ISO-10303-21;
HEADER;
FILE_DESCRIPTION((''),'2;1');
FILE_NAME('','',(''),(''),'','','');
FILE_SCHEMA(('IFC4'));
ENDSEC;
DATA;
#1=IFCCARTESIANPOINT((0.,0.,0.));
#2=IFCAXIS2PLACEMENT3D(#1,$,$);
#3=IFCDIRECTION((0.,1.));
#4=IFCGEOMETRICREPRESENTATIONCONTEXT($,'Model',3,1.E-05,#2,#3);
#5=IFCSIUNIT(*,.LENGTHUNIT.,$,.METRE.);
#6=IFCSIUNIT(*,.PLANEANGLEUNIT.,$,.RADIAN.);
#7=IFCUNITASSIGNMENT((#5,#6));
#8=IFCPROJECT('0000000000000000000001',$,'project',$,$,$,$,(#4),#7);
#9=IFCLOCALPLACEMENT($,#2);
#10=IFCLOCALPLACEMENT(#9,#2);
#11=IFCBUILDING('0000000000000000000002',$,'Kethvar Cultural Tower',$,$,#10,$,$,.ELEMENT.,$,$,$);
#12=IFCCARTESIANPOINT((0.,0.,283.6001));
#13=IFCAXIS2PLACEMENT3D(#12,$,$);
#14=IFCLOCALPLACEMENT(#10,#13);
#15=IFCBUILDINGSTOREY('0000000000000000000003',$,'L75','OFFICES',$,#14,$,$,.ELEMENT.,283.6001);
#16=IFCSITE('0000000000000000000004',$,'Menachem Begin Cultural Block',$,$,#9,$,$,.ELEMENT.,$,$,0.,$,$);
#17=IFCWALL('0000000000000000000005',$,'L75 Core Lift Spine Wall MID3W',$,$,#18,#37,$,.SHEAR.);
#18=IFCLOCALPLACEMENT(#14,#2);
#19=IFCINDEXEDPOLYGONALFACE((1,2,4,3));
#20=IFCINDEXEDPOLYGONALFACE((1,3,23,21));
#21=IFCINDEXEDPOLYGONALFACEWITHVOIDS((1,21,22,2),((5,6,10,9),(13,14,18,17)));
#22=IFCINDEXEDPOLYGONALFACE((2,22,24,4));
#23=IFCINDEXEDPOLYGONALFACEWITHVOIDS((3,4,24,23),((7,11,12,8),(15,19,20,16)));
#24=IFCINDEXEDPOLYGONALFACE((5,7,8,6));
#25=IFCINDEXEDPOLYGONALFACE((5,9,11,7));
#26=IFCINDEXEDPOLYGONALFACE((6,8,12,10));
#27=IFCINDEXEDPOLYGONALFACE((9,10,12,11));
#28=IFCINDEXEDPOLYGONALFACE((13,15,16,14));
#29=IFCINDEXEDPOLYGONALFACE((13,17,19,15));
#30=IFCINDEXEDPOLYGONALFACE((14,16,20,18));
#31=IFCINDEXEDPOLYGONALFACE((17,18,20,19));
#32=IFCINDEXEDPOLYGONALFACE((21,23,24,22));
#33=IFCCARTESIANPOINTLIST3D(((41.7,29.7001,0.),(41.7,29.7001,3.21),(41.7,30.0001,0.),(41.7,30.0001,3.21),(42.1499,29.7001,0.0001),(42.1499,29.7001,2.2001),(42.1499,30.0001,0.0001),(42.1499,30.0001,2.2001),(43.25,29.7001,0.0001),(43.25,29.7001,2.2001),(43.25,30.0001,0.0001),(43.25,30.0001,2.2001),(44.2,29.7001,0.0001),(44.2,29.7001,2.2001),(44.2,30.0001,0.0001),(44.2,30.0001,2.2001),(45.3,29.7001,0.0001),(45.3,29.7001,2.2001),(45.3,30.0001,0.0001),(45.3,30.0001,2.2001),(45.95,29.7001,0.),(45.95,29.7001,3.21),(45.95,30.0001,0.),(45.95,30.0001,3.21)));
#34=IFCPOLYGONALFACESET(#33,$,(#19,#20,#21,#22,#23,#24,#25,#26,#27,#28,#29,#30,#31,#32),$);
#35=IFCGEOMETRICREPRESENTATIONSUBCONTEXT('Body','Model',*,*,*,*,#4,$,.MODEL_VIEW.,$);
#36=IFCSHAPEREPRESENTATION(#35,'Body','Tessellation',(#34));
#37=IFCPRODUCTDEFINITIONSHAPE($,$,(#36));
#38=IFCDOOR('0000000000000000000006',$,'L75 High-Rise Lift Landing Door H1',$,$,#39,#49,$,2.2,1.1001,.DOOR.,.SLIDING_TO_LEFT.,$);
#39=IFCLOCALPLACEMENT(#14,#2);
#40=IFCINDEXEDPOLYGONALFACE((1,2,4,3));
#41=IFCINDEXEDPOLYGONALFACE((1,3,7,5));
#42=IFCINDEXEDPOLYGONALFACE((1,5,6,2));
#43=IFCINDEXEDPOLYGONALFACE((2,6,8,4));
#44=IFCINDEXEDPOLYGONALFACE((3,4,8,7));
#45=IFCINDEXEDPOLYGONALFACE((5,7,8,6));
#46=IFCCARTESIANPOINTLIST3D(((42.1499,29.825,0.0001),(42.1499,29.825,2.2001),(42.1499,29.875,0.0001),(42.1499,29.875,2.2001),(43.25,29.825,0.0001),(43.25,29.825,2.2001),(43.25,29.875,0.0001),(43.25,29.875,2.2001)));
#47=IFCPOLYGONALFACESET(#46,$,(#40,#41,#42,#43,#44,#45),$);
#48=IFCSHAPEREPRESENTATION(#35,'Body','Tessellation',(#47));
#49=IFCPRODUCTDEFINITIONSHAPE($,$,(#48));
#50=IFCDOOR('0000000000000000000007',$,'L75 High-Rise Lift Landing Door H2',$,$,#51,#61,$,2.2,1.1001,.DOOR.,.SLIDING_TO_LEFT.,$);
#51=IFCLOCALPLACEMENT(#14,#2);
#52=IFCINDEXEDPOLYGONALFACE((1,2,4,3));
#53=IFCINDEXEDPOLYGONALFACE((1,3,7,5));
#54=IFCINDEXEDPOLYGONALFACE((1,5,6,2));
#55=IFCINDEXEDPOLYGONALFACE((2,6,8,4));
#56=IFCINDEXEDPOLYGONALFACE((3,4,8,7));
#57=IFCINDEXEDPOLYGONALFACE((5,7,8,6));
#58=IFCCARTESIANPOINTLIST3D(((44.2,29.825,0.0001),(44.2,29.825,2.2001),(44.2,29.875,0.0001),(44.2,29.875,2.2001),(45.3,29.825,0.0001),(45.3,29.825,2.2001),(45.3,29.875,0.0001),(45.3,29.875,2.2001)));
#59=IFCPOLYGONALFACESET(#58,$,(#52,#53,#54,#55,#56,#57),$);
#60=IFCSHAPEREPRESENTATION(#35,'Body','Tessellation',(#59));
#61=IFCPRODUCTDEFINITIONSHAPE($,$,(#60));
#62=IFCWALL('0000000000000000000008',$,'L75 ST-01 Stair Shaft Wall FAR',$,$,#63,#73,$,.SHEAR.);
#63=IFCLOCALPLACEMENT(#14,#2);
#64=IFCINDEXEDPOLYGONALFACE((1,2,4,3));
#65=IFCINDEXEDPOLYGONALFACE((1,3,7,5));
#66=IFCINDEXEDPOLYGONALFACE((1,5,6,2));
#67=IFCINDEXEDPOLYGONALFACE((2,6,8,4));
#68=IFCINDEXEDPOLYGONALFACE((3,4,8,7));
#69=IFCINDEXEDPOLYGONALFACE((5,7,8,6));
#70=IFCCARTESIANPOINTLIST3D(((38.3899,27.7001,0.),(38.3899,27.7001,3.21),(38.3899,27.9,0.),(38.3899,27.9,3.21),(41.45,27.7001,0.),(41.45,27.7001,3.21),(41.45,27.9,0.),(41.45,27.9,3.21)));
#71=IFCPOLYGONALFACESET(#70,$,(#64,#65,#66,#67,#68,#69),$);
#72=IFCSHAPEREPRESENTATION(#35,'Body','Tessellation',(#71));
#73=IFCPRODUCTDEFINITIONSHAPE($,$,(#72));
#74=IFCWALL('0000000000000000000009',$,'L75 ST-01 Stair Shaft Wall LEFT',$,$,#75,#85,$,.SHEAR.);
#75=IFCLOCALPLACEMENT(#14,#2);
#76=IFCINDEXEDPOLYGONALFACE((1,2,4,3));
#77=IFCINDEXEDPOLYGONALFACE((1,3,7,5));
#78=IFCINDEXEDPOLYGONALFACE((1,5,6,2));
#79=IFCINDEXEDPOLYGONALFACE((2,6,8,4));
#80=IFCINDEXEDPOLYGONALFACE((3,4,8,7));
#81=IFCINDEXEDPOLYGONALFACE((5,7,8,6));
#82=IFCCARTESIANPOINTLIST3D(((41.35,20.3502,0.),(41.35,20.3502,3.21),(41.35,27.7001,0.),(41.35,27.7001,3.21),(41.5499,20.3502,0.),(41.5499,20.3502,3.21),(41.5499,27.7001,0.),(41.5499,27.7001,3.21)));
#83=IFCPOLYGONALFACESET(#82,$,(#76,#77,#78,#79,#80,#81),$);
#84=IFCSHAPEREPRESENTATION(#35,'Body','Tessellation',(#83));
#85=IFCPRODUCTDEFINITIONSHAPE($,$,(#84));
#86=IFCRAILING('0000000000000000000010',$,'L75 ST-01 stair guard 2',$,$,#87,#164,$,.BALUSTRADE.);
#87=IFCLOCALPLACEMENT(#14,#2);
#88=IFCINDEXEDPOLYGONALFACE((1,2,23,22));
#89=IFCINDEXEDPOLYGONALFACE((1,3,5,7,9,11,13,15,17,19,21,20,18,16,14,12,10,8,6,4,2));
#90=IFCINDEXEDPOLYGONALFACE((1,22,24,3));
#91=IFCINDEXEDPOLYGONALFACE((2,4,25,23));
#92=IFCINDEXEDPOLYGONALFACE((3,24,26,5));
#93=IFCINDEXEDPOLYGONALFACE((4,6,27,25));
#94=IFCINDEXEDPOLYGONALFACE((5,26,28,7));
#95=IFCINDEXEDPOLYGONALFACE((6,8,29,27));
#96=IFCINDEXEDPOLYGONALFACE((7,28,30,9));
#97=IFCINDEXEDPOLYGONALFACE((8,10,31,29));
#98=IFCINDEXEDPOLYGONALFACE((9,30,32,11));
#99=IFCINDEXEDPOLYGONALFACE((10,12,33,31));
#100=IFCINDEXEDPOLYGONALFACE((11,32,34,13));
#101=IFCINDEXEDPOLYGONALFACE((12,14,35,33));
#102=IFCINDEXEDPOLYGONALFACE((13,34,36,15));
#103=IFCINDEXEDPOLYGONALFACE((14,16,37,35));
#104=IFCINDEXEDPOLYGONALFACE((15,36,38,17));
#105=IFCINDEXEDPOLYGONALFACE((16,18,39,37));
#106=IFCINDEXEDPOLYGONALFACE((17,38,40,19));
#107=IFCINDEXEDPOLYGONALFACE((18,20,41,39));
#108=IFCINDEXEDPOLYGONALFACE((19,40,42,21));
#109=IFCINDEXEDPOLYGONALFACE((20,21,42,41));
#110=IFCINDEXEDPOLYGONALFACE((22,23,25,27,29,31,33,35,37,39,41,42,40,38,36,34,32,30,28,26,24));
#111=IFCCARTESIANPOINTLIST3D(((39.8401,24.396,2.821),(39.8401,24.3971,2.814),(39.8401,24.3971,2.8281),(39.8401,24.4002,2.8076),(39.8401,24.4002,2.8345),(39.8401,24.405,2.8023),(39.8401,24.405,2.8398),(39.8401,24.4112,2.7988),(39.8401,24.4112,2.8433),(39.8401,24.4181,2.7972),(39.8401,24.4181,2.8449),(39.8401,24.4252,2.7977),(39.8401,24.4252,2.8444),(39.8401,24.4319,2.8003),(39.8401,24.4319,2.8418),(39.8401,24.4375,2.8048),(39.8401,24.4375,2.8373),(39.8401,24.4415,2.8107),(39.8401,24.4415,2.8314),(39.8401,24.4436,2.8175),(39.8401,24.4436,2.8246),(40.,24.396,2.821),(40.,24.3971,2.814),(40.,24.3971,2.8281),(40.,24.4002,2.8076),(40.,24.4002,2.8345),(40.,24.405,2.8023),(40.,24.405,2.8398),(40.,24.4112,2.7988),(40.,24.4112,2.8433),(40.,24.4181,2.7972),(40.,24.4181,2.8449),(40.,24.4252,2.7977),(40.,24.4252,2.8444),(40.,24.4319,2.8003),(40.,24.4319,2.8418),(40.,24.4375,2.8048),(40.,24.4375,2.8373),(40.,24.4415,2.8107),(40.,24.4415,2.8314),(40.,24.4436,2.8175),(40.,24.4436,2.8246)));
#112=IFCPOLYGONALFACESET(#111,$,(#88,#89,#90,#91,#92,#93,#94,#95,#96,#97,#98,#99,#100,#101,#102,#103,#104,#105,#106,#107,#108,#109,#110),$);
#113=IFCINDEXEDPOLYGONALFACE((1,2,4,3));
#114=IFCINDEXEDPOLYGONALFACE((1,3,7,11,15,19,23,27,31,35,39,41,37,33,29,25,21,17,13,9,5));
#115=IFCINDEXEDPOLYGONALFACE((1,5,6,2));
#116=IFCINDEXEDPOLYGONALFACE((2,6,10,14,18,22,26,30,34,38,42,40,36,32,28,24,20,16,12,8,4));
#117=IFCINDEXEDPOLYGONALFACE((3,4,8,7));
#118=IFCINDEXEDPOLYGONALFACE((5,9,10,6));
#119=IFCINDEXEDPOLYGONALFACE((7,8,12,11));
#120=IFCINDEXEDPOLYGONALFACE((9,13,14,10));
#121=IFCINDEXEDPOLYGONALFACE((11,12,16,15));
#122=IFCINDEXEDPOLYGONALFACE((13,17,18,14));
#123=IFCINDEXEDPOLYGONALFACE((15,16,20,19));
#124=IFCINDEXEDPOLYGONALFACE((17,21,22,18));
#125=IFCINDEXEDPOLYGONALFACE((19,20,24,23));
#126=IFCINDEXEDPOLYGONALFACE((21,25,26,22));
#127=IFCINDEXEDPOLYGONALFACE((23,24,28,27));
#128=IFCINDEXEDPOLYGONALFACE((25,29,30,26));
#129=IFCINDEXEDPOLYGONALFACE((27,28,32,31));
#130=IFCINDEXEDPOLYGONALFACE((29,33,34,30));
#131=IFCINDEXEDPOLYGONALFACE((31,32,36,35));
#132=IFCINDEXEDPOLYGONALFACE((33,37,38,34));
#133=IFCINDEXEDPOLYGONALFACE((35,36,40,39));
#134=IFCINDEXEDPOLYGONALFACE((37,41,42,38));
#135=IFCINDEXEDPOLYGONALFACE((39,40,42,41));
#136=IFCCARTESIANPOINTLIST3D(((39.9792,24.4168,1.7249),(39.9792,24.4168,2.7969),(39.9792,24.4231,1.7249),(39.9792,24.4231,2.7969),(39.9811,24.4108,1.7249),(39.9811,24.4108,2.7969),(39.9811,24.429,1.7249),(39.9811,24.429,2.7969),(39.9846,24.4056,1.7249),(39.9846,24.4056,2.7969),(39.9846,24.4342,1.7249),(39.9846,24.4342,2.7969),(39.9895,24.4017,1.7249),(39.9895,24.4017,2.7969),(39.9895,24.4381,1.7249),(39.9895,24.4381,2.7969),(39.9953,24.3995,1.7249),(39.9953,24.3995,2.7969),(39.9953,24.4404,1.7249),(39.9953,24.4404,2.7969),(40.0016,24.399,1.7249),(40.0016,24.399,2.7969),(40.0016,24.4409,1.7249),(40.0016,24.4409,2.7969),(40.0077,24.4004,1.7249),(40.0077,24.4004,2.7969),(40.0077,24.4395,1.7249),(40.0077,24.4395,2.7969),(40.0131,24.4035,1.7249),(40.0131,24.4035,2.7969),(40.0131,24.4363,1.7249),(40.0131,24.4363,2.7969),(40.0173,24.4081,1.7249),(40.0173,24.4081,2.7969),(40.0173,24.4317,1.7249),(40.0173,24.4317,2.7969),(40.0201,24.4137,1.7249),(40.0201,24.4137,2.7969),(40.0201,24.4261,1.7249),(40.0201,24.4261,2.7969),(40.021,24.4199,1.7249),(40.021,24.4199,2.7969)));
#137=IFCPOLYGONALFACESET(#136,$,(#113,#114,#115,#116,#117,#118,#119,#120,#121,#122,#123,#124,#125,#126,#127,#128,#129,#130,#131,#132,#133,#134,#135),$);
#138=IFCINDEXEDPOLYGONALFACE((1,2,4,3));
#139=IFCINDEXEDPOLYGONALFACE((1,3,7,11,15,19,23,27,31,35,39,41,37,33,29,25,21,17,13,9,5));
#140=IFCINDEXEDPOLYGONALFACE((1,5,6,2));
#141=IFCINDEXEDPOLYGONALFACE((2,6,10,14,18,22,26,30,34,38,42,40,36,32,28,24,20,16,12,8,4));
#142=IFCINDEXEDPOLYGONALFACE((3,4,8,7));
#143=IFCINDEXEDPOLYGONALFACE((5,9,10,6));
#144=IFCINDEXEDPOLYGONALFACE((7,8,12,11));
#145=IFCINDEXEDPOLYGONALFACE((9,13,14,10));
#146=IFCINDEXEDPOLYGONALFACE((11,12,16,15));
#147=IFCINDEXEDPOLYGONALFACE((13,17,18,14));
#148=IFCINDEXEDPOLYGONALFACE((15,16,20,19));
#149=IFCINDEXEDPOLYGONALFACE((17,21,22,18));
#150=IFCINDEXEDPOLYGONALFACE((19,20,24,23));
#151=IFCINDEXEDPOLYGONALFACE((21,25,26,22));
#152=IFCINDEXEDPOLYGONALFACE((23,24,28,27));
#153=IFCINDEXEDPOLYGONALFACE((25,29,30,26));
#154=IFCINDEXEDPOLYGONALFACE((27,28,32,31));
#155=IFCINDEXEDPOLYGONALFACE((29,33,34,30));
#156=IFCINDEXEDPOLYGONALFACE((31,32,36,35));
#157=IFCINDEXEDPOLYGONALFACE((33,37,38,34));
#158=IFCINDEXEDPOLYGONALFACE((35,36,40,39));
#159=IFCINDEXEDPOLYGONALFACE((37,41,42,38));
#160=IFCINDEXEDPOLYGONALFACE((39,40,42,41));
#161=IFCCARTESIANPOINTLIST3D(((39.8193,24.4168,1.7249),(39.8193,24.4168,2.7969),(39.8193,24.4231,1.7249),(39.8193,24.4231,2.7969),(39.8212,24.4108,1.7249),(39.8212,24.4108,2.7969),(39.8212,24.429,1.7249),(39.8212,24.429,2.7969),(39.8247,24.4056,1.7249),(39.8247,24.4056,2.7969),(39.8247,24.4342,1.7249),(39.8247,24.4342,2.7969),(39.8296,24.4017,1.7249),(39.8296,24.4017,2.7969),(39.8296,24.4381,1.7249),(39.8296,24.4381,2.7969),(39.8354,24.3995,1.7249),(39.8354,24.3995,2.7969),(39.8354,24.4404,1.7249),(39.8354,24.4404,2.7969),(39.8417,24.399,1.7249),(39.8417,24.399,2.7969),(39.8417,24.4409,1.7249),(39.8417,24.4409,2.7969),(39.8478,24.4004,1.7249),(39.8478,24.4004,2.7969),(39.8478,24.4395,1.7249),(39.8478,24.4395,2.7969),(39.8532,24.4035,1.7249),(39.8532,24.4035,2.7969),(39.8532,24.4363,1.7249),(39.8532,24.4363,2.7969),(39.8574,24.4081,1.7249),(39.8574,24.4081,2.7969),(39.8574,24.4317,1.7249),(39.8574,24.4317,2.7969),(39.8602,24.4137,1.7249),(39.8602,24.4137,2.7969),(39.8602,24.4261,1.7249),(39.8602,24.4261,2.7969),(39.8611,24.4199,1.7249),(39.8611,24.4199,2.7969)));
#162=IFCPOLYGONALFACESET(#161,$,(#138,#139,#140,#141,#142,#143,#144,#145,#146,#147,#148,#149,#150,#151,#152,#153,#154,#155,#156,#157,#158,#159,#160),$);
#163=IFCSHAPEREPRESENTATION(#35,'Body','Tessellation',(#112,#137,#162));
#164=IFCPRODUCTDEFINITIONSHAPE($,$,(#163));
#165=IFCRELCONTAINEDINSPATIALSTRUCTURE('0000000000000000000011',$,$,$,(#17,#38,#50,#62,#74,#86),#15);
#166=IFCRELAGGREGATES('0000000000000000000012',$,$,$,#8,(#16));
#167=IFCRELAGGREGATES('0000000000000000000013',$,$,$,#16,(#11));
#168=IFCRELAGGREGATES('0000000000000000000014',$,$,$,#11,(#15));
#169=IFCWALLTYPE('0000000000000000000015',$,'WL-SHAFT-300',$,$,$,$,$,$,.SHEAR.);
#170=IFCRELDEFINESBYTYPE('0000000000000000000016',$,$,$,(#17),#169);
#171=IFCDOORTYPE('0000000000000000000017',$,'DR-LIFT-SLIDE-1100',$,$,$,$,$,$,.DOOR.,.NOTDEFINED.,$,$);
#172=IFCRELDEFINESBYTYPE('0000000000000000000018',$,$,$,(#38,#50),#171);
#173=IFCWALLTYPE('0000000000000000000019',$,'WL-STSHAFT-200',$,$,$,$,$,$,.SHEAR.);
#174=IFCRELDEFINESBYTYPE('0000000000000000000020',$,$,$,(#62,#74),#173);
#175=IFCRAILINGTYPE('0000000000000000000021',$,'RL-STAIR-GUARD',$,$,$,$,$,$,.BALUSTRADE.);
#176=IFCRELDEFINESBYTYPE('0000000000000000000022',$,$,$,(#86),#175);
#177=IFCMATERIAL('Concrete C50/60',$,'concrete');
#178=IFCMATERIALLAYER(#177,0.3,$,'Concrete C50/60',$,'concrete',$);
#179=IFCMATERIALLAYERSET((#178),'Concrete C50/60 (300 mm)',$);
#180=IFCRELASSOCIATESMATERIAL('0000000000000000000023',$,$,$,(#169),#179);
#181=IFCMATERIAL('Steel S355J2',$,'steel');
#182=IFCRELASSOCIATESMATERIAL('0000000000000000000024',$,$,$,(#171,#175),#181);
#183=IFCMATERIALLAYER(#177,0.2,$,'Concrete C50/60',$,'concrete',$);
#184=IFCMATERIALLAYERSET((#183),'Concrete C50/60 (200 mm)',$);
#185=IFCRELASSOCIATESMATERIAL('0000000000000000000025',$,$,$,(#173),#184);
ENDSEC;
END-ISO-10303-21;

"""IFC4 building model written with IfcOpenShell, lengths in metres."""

from ifc_helpers import new_model, si_unit, direction, frame, frame_2d, origin, origin_2d, place, context, subcontext, project, spatial, rectangle, circle, extrude, source, transform, mapped, material, layer, layer_set, type_object, element, fill, save


model = new_model("IFC4")

# Units and contexts
model_context = context("Model", 3, precision=1e-05, world=origin(), true_north=direction((0.0, 1.0)))
body_context = subcontext(model_context, "Body", "Model", "MODEL_VIEW")
ifc_project = project(units=[si_unit("LENGTHUNIT", "METRE"), si_unit("PLANEANGLEUNIT", "RADIAN")], contexts=[model_context])

# Site, building, storey
site_placement = place(None, origin())
site = spatial("IfcSite", under=ifc_project, at=site_placement, Name="Menachem Begin Cultural Block", CompositionType="ELEMENT", RefElevation=0.0)
building_placement = place(site_placement, origin())
building = spatial("IfcBuilding", under=site, at=building_placement, Name="Kethvar Cultural Tower", CompositionType="ELEMENT")
storey_placement = place(building_placement, frame((0.0, 0.0, 283.6001)))
storey = spatial("IfcBuildingStorey", under=building, at=storey_placement, Name="L75", Description="OFFICES", CompositionType="ELEMENT", Elevation=283.6001)

# Shared definitions
ifc_material_1 = material(Name="Steel S355J2", Category="steel")

# Shared definitions
ifc_material_2 = material(Name="Concrete C50/60", Category="concrete")
ifc_layer_1 = layer(ifc_material_2, 0.3, Name="Concrete C50/60", Category="concrete")
ifc_layer_set_1 = layer_set([ifc_layer_1], Name="Concrete C50/60 (300 mm)")
wall_type_1 = type_object("IfcWallType", Name="WL-SHAFT-300", PredefinedType="SHEAR", material=ifc_layer_set_1)

# Wall, openings, doors
wall_1_placement = place(storey_placement, frame((41.7, 29.8501, 0.0), z_axis=(0.0, 0.0, 1.0), x_axis=(1.0, 0.0, 0.0)))
wall_1 = element("IfcWall", 1, at=wall_1_placement, inside=storey, type_object=wall_type_1, Name="L75 Core Lift Spine Wall MID3W", PredefinedType="SHEAR", context=body_context, shape_type="SweptSolid", body=[
    extrude(rectangle(XDim=4.25, YDim=0.3, at=frame_2d((2.125, 0.0))), origin(), (0.0, 0.0, 1.0), 3.21),
])
opening_1_placement = place(wall_1_placement, frame((0.45, 0.0, 0.0)))
opening_1 = element("IfcOpeningElement", 2, at=opening_1_placement, cuts=wall_1, PredefinedType="OPENING", context=body_context, shape_type="SweptSolid", body=[
    extrude(rectangle(XDim=1.1001, YDim=2.2, at=frame_2d((0.55, 1.1001))), frame((0.0, 0.1599, 0.0), z_axis=(0.0, -1.0, 0.0), x_axis=(1.0, 0.0, 0.0)), (0.0, 0.0, 1.0), 0.3201),
])
opening_2_placement = place(wall_1_placement, frame((2.5, 0.0, 0.0)))
opening_2 = element("IfcOpeningElement", 3, at=opening_2_placement, cuts=wall_1, PredefinedType="OPENING", context=body_context, shape_type="SweptSolid", body=[
    extrude(rectangle(XDim=1.1001, YDim=2.2, at=frame_2d((0.55, 1.1001))), frame((0.0, 0.1599, 0.0), z_axis=(0.0, -1.0, 0.0), x_axis=(1.0, 0.0, 0.0)), (0.0, 0.0, 1.0), 0.3201),
])
door_type_1 = type_object("IfcDoorType", Name="DR-LIFT-SLIDE-1100", OperationType="NOTDEFINED", PredefinedType="DOOR", material=ifc_material_1)
shared_shape_1 = source(origin(), body_context, "Body", "SweptSolid", [
    extrude(rectangle(XDim=1.1001, YDim=2.2, at=frame_2d((0.55, 1.1001))), frame((0.0, 0.0249, 0.0), z_axis=(0.0, -1.0, 0.0), x_axis=(1.0, 0.0, 0.0)), (0.0, 0.0, 1.0), 0.05),
])
door_1_placement = place(opening_1_placement, origin())
door_1 = element("IfcDoor", 4, at=door_1_placement, inside=storey, type_object=door_type_1, Name="L75 High-Rise Lift Landing Door H1", OperationType="SLIDING_TO_LEFT", OverallHeight=2.2, OverallWidth=1.1001, PredefinedType="DOOR", context=body_context, shape_type="MappedRepresentation", body=[
    mapped(shared_shape_1, transform((0.0, 0.0, 0.0), scale=1.0)),
])
fill(opening_1, door_1)
door_2_placement = place(opening_2_placement, origin())
door_2 = element("IfcDoor", 5, at=door_2_placement, inside=storey, type_object=door_type_1, Name="L75 High-Rise Lift Landing Door H2", OperationType="SLIDING_TO_LEFT", OverallHeight=2.2, OverallWidth=1.1001, PredefinedType="DOOR", context=body_context, shape_type="MappedRepresentation", body=[
    mapped(shared_shape_1, transform((0.0, 0.0, 0.0), scale=1.0)),
])
fill(opening_2, door_2)

# Walls
ifc_layer_2 = layer(ifc_material_2, 0.2, Name="Concrete C50/60", Category="concrete")
ifc_layer_set_2 = layer_set([ifc_layer_2], Name="Concrete C50/60 (200 mm)")
wall_type_2 = type_object("IfcWallType", Name="WL-STSHAFT-200", PredefinedType="SHEAR", material=ifc_layer_set_2)
wall_2_placement = place(storey_placement, frame((38.3899, 27.8, 0.0), z_axis=(0.0, 0.0, 1.0), x_axis=(1.0, 0.0, 0.0)))
element("IfcWall", 6, at=wall_2_placement, inside=storey, type_object=wall_type_2, Name="L75 ST-01 Stair Shaft Wall FAR", PredefinedType="SHEAR", context=body_context, shape_type="SweptSolid", body=[
    extrude(rectangle(XDim=3.0601, YDim=0.2, at=frame_2d((1.53, 0.0))), origin(), (0.0, 0.0, 1.0), 3.21),
])
wall_3_placement = place(storey_placement, frame((41.45, 27.7, 0.0), z_axis=(0.0, 0.0, 1.0), x_axis=(0.0, -1.0, 0.0)))
element("IfcWall", 7, at=wall_3_placement, inside=storey, type_object=wall_type_2, Name="L75 ST-01 Stair Shaft Wall LEFT", PredefinedType="SHEAR", context=body_context, shape_type="SweptSolid", body=[
    extrude(rectangle(XDim=7.3499, YDim=0.2, at=frame_2d((3.6748, 0.0))), origin(), (0.0, 0.0, 1.0), 3.21),
])

# Railing
railing_type = type_object("IfcRailingType", Name="RL-STAIR-GUARD", PredefinedType="BALUSTRADE", material=ifc_material_1)
railing_1_placement = place(storey_placement, frame((40.0, 24.4199, 1.7249)))
element("IfcRailing", 8, at=railing_1_placement, inside=storey, type_object=railing_type, Name="L75 ST-01 stair guard 2", PredefinedType="BALUSTRADE", context=body_context, shape_type="SweptSolid", body=[
    extrude(circle(Radius=0.0239, at=origin_2d()), frame((0.0, 0.0, 1.0962), z_axis=(-1.0, 0.0, 0.0), x_axis=(0.0, -1.0, 0.0)), (0.0, 0.0, 1.0), 0.1599),
    extrude(circle(Radius=0.021, at=origin_2d()), origin(), (0.0, 0.0, 1.0), 1.072),
    extrude(circle(Radius=0.021, at=origin_2d()), frame((-0.1599, 0.0, 0.0)), (0.0, 0.0, 1.0), 1.072),
])

save(model, "model.ifc")
